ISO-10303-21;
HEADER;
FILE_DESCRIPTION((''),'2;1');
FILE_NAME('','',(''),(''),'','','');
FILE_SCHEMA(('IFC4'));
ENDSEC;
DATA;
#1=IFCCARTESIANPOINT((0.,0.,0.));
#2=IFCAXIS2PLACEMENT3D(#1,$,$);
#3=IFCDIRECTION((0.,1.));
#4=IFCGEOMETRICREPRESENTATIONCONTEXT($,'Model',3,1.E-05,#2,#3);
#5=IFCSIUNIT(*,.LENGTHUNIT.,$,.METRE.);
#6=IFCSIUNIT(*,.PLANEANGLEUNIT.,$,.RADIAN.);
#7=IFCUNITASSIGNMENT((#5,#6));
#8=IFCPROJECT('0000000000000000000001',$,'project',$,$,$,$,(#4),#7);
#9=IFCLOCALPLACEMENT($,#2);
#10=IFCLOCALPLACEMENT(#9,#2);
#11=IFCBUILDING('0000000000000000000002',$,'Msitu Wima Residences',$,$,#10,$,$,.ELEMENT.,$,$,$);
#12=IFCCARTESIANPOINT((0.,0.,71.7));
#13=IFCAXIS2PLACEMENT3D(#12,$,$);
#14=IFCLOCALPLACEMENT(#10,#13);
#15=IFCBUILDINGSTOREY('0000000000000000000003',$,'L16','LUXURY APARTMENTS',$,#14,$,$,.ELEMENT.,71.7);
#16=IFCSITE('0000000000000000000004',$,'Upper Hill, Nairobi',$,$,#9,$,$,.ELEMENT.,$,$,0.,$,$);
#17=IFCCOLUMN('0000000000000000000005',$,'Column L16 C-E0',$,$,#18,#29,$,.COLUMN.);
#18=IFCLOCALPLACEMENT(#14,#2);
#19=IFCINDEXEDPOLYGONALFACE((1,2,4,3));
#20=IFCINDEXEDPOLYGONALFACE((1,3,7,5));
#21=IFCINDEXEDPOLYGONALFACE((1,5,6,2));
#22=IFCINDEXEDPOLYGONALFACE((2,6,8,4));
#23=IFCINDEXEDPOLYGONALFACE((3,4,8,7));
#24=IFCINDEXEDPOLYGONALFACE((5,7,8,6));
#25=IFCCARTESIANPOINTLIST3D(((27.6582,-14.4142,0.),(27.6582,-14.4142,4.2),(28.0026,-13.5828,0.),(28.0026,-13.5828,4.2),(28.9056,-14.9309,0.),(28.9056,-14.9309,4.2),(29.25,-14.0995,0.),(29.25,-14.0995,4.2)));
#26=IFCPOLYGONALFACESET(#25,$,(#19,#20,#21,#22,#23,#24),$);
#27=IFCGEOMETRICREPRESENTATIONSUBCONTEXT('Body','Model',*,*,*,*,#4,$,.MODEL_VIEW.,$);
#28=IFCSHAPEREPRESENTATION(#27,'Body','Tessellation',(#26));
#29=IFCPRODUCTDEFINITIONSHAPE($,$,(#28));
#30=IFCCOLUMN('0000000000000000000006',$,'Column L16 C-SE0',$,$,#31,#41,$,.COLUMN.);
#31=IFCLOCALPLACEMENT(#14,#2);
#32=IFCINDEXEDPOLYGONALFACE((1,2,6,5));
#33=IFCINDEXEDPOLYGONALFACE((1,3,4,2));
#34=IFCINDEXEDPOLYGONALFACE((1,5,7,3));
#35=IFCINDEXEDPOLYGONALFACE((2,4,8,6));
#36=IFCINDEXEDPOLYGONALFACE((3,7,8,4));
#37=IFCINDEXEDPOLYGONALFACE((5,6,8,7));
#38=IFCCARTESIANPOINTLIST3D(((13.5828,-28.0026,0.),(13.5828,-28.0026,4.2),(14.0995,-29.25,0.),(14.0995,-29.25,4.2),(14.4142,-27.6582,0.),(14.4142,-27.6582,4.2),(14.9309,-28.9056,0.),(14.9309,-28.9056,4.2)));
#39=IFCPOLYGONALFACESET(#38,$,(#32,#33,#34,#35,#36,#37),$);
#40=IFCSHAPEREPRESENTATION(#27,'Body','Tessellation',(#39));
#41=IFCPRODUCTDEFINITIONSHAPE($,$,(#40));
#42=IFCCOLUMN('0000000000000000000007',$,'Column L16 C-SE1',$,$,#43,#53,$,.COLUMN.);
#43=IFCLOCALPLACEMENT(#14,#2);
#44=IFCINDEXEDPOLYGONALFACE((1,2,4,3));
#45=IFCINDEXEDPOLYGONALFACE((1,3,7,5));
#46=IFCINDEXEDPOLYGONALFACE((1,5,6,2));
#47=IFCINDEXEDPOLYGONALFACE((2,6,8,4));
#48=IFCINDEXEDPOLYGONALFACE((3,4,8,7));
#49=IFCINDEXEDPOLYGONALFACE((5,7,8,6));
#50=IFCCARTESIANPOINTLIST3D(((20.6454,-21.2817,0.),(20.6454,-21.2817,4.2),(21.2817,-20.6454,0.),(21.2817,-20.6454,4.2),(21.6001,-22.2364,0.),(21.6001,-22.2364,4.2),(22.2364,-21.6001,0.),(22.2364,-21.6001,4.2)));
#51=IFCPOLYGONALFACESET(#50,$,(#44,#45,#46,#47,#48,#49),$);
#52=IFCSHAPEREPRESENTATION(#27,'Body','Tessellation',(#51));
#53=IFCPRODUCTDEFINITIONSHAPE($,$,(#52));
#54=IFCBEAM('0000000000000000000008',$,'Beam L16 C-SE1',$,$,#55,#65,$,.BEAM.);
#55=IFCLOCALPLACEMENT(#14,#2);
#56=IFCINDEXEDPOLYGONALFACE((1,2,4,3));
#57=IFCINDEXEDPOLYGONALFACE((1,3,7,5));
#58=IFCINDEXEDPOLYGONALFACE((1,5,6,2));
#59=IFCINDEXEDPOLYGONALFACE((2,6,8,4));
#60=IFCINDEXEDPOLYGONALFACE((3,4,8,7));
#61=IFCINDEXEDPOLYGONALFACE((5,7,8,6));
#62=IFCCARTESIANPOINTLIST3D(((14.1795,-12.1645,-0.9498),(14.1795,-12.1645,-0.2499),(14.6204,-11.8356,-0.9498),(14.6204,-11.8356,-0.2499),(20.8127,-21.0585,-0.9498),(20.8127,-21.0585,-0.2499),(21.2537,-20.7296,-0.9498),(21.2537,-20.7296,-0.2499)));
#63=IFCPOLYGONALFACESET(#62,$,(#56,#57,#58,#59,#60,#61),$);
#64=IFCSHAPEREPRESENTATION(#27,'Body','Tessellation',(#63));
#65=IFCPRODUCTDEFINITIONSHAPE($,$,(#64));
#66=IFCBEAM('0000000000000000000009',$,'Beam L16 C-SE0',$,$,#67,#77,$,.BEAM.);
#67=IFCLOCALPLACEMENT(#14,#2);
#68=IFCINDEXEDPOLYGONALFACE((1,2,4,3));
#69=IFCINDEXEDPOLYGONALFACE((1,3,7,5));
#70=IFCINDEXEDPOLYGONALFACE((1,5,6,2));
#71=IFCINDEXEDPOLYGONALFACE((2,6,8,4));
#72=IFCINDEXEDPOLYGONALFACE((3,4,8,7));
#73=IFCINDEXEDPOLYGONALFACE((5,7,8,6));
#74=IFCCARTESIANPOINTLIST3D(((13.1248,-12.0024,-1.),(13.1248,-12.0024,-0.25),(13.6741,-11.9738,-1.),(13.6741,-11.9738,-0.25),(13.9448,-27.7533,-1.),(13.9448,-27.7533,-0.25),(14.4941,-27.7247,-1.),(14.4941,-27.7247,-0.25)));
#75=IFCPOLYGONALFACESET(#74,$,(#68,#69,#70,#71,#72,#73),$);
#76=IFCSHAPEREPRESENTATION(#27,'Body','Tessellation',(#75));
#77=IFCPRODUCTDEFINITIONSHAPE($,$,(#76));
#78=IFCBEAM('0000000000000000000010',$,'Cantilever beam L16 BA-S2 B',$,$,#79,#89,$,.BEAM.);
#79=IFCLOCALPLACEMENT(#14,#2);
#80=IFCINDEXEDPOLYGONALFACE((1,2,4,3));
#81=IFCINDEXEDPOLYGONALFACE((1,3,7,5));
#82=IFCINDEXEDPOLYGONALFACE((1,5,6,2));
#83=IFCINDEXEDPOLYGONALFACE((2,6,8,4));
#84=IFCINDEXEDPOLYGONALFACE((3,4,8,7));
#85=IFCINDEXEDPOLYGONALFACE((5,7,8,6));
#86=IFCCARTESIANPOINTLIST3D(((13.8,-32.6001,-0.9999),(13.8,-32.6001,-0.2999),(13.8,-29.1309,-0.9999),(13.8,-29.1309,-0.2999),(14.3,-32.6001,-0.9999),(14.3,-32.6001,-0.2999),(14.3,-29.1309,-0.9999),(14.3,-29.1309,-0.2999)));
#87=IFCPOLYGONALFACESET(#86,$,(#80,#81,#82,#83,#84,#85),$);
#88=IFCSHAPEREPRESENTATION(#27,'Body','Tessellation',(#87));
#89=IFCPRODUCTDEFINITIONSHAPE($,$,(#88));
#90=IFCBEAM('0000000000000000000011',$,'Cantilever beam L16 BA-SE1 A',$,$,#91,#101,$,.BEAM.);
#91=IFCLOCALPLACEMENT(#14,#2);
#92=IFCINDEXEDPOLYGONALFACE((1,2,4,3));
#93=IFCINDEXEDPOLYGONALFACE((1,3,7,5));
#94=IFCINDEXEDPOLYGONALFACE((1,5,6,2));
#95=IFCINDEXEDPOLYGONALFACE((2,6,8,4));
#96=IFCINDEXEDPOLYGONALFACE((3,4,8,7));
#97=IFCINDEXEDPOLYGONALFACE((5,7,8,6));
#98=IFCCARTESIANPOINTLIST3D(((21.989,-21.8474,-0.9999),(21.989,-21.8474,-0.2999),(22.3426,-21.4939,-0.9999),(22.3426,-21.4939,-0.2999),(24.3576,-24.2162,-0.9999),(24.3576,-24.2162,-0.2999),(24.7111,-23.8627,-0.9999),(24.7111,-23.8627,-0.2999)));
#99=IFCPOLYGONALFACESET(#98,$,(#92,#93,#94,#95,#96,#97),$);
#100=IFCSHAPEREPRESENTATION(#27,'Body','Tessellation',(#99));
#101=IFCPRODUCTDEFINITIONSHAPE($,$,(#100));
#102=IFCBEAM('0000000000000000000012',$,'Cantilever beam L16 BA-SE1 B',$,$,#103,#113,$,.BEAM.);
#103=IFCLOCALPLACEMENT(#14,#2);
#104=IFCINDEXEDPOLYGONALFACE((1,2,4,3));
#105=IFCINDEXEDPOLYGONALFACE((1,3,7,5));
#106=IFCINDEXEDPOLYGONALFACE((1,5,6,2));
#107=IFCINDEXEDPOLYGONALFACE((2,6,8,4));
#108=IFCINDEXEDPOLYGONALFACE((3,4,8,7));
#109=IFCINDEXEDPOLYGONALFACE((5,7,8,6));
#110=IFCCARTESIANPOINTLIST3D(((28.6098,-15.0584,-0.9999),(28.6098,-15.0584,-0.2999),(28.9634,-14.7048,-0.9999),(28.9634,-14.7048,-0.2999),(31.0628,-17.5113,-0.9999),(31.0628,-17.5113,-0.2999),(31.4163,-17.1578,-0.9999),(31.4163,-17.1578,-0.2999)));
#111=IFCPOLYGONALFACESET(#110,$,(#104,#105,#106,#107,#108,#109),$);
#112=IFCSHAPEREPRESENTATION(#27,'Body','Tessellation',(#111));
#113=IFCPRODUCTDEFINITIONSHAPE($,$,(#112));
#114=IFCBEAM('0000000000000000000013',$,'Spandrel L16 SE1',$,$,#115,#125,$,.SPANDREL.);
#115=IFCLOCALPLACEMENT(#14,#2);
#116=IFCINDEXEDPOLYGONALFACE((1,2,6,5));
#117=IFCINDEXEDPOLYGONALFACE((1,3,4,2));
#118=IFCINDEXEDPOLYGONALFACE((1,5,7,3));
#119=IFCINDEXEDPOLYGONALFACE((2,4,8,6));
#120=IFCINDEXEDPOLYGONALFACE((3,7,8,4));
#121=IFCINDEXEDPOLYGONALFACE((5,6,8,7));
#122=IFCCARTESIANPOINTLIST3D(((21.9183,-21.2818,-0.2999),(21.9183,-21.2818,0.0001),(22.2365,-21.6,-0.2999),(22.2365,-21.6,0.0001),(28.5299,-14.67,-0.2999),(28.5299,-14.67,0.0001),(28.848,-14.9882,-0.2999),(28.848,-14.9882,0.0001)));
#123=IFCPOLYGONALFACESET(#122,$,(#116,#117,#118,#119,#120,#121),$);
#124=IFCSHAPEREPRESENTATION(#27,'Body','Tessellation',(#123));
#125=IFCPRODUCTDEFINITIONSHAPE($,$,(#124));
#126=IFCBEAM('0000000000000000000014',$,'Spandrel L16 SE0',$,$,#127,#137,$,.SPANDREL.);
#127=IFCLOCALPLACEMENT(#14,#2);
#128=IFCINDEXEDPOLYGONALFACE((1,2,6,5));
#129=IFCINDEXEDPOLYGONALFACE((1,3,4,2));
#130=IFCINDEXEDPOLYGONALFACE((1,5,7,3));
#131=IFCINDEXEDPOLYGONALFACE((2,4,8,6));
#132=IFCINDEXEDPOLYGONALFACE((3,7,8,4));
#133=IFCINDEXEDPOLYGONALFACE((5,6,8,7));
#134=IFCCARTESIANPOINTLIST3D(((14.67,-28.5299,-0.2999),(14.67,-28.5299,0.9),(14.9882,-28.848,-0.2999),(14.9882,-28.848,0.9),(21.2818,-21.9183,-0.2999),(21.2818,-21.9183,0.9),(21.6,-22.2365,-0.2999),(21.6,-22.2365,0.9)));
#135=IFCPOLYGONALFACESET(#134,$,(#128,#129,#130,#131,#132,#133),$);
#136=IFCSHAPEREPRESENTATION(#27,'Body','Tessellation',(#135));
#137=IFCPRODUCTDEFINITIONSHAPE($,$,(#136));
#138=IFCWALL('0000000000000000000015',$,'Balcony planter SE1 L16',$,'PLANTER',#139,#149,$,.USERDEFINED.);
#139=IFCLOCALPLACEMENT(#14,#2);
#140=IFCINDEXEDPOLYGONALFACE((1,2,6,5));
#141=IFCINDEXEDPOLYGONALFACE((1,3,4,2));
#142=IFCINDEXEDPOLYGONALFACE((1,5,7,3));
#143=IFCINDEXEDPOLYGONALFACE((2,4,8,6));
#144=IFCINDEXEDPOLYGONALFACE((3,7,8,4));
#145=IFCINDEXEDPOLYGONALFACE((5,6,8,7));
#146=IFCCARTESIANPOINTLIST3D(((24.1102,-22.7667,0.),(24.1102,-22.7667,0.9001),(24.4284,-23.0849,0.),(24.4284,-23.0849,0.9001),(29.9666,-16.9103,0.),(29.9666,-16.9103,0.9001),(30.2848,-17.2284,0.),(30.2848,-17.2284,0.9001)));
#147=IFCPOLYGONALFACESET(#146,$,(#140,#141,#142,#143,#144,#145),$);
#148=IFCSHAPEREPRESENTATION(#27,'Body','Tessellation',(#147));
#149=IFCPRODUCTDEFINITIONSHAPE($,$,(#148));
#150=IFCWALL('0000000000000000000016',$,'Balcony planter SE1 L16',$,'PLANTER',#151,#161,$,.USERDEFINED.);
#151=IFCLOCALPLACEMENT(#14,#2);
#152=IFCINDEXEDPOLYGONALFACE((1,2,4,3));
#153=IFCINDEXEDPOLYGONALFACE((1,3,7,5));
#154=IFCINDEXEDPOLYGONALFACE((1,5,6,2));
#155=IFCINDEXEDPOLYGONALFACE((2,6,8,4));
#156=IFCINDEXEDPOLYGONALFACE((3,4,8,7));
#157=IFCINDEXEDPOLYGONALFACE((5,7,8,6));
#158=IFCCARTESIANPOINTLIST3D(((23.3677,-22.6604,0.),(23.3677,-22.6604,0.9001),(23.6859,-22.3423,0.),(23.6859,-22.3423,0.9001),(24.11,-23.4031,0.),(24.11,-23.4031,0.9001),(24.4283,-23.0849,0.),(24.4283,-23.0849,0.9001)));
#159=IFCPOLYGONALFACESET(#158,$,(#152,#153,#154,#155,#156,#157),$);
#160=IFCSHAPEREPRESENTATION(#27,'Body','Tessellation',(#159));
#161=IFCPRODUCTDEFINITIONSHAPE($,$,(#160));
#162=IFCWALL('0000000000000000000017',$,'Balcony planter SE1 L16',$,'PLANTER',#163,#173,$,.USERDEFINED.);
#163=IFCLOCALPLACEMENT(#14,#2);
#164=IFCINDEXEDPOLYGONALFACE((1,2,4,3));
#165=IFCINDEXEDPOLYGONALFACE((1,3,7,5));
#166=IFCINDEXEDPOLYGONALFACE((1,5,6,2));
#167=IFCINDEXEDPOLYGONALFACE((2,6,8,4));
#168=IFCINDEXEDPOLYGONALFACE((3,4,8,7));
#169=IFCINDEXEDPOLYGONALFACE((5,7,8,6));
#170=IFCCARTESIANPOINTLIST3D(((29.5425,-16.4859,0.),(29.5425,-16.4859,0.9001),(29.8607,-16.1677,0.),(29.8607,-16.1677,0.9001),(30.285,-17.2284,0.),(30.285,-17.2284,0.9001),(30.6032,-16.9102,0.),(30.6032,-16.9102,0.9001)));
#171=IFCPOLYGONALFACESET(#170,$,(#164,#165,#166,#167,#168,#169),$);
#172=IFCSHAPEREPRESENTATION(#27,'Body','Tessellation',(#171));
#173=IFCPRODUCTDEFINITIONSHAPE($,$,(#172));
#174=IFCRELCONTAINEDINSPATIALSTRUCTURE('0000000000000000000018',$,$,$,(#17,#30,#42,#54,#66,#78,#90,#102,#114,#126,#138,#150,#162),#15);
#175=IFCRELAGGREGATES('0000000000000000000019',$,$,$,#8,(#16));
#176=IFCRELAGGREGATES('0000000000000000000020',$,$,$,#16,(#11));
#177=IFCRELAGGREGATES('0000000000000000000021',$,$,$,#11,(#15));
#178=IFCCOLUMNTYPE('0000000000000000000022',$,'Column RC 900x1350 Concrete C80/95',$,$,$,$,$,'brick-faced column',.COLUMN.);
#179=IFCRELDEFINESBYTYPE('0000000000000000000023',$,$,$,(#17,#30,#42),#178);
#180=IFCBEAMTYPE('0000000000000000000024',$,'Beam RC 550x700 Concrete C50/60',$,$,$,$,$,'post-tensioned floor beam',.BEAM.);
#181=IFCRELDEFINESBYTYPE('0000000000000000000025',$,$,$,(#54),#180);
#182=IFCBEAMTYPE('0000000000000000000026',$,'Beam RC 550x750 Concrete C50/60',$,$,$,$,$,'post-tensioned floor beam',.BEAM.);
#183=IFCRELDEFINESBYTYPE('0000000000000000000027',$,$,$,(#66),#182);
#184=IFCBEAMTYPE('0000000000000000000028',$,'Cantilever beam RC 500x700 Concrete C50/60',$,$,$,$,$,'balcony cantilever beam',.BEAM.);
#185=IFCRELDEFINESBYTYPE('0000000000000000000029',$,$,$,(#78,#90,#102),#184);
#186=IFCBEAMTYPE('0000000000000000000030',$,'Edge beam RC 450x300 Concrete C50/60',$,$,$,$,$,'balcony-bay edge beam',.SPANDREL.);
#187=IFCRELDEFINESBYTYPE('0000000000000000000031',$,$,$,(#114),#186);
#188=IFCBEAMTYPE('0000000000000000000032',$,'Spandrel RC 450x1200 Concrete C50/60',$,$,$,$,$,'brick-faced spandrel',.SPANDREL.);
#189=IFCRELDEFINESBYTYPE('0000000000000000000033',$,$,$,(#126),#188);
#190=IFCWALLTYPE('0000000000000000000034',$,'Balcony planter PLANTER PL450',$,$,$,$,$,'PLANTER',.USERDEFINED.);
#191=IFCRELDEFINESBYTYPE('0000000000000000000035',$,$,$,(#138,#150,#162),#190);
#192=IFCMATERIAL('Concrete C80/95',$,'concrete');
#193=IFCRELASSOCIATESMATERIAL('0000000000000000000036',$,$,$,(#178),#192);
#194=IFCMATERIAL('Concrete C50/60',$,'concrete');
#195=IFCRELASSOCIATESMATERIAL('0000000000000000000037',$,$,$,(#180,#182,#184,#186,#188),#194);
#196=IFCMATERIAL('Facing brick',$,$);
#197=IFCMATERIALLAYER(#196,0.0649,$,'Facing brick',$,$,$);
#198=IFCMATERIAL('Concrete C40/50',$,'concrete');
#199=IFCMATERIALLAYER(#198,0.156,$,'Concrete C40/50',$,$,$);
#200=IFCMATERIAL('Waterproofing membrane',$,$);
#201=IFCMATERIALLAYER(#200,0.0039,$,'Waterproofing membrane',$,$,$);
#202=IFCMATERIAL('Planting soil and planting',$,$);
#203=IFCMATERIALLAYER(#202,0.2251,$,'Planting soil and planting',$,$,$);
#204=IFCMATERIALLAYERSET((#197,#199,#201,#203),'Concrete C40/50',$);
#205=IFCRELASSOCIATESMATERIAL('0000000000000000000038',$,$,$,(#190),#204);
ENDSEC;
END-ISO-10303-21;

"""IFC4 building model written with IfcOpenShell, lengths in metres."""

from ifc_helpers import new_model, si_unit, direction, frame, frame_2d, origin, origin_2d, place, context, subcontext, project, spatial, rectangle, extrude, material, layer, layer_set, material_profile, profile_set, type_object, element, save


model = new_model("IFC4")

# Units and contexts
model_context = context("Model", 3, precision=1e-05, world=origin(), true_north=direction((0.0, 1.0)))
body_context = subcontext(model_context, "Body", "Model", "MODEL_VIEW")
ifc_project = project(units=[si_unit("LENGTHUNIT", "METRE"), si_unit("PLANEANGLEUNIT", "RADIAN")], contexts=[model_context])

# Site, building, storey
site_placement = place(None, origin())
site = spatial("IfcSite", under=ifc_project, at=site_placement, Name="Upper Hill, Nairobi", CompositionType="ELEMENT", RefElevation=0.0)
building_placement = place(site_placement, origin())
building = spatial("IfcBuilding", under=site, at=building_placement, Name="Msitu Wima Residences", CompositionType="ELEMENT")
storey_placement = place(building_placement, frame((0.0, 0.0, 71.7)))
storey = spatial("IfcBuildingStorey", under=building, at=storey_placement, Name="L16", Description="LUXURY APARTMENTS", CompositionType="ELEMENT", Elevation=71.7)

# Columns
ifc_material_1 = material(Name="Concrete C80/95", Category="concrete")
ifc_material_profile_1 = material_profile(ifc_material_1, rectangle(XDim=0.8999, YDim=1.3501, at=origin_2d()), Name="RC 900x1350")
ifc_profile_set_1 = profile_set([ifc_material_profile_1], Name="Concrete C80/95")
column_type = type_object("IfcColumnType", Name="Column RC 900x1350 Concrete C80/95", ElementType="brick-faced column", PredefinedType="COLUMN", material=ifc_profile_set_1)
for number, where, z_axis, x_axis, name in (
    (1, (28.4541, -14.2568, 0.0), (0.0, 0.0, 1.0), (0.382683, 0.92388, 0.0), "Column L16 C-E0"),
    (2, (14.2568, -28.4541, 0.0), (0.0, 0.0, 1.0), (0.92388, 0.382683, 0.0), "Column L16 C-SE0"),
    (3, (21.4409, -21.4409, 0.0), (0.0, 0.0, 1.0), (0.707107, 0.707107, 0.0), "Column L16 C-SE1"),
):
    element("IfcColumn", number, at=place(storey_placement, frame(where, z_axis=z_axis, x_axis=x_axis)), inside=storey, type_object=column_type, Name=name, PredefinedType="COLUMN", context=body_context, shape_type="SweptSolid", body=[
        extrude(rectangle(XDim=0.8999, YDim=1.3501, at=origin_2d()), origin(), (0.0, 0.0, 1.0), 4.2),
    ])

# Beams
ifc_material_2 = material(Name="Concrete C50/60", Category="concrete")
ifc_material_profile_2 = material_profile(ifc_material_2, rectangle(XDim=0.55, YDim=0.7, at=origin_2d()), Name="RC 550x700")
ifc_profile_set_2 = profile_set([ifc_material_profile_2], Name="Concrete C50/60")
beam_type_1 = type_object("IfcBeamType", Name="Beam RC 550x700 Concrete C50/60", ElementType="post-tensioned floor beam", PredefinedType="BEAM", material=ifc_profile_set_2)
beam_1_placement = place(storey_placement, frame((21.0332, -20.894, -0.5999), z_axis=(-0.59785, 0.801608, 0.0), x_axis=(-0.801608, -0.59785, 0.0)))
element("IfcBeam", 4, at=beam_1_placement, inside=storey, type_object=beam_type_1, Name="Beam L16 C-SE1", PredefinedType="BEAM", context=body_context, shape_type="SweptSolid", body=[
    extrude(rectangle(XDim=0.55, YDim=0.7, at=origin_2d()), origin(), (0.0, 0.0, 1.0), 11.0952),
])
ifc_material_profile_3 = material_profile(ifc_material_2, rectangle(XDim=0.55, YDim=0.75, at=origin_2d()), Name="RC 550x750")
ifc_profile_set_3 = profile_set([ifc_material_profile_3], Name="Concrete C50/60")
beam_type_2 = type_object("IfcBeamType", Name="Beam RC 550x750 Concrete C50/60", ElementType="post-tensioned floor beam", PredefinedType="BEAM", material=ifc_profile_set_3)
beam_2_placement = place(storey_placement, frame((14.2195, -27.739, -0.625), z_axis=(-0.051994, 0.998647, 0.0), x_axis=(-0.998647, -0.051994, 0.0)))
element("IfcBeam", 5, at=beam_2_placement, inside=storey, type_object=beam_type_2, Name="Beam L16 C-SE0", PredefinedType="BEAM", context=body_context, shape_type="SweptSolid", body=[
    extrude(rectangle(XDim=0.55, YDim=0.75, at=origin_2d()), origin(), (0.0, 0.0, 1.0), 15.7722),
])
ifc_material_profile_4 = material_profile(ifc_material_2, rectangle(XDim=0.5, YDim=0.7, at=origin_2d()), Name="RC 500x700")
ifc_profile_set_4 = profile_set([ifc_material_profile_4], Name="Concrete C50/60")
beam_type_3 = type_object("IfcBeamType", Name="Cantilever beam RC 500x700 Concrete C50/60", ElementType="balcony cantilever beam", PredefinedType="BEAM", material=ifc_profile_set_4)
beam_3_placement = place(storey_placement, frame((14.05, -29.1309, -0.6499), z_axis=(0.0, -1.0, 0.0), x_axis=(1.0, 0.0, 0.0)))
element("IfcBeam", 6, at=beam_3_placement, inside=storey, type_object=beam_type_3, Name="Cantilever beam L16 BA-S2 B", PredefinedType="BEAM", context=body_context, shape_type="SweptSolid", body=[
    extrude(rectangle(XDim=0.5, YDim=0.7, at=origin_2d()), origin(), (0.0, 0.0, 1.0), 3.4692),
])
beam_4_placement = place(storey_placement, frame((22.1658, -21.6707, -0.6499), z_axis=(0.70707, -0.707143, 0.0), x_axis=(0.707143, 0.70707, 0.0)))
element("IfcBeam", 7, at=beam_4_placement, inside=storey, type_object=beam_type_3, Name="Cantilever beam L16 BA-SE1 A", PredefinedType="BEAM", context=body_context, shape_type="SweptSolid", body=[
    extrude(rectangle(XDim=0.5, YDim=0.7, at=origin_2d()), origin(), (0.0, 0.0, 1.0), 3.3499),
])
beam_5_placement = place(storey_placement, frame((28.7866, -14.8816, -0.6499), z_axis=(0.707107, -0.707107, 0.0), x_axis=(0.707107, 0.707107, 0.0)))
element("IfcBeam", 8, at=beam_5_placement, inside=storey, type_object=beam_type_3, Name="Cantilever beam L16 BA-SE1 B", PredefinedType="BEAM", context=body_context, shape_type="SweptSolid", body=[
    extrude(rectangle(XDim=0.5, YDim=0.7, at=origin_2d()), origin(), (0.0, 0.0, 1.0), 3.469),
])
ifc_material_profile_5 = material_profile(ifc_material_2, rectangle(XDim=0.45, YDim=0.3, at=origin_2d()), Name="RC 450x300")
ifc_profile_set_5 = profile_set([ifc_material_profile_5], Name="Concrete C50/60")
beam_type_4 = type_object("IfcBeamType", Name="Edge beam RC 450x300 Concrete C50/60", ElementType="balcony-bay edge beam", PredefinedType="SPANDREL", material=ifc_profile_set_5)
beam_6_placement = place(storey_placement, frame((22.0774, -21.4409, -0.1499), z_axis=(0.707094, 0.70712, 0.0), x_axis=(-0.70712, 0.707094, 0.0)))
element("IfcBeam", 9, at=beam_6_placement, inside=storey, type_object=beam_type_4, Name="Spandrel L16 SE1", PredefinedType="SPANDREL", context=body_context, shape_type="SweptSolid", body=[
    extrude(rectangle(XDim=0.45, YDim=0.3, at=origin_2d()), origin(), (0.0, 0.0, 1.0), 9.3503),
])
ifc_material_profile_6 = material_profile(ifc_material_2, rectangle(XDim=0.45, YDim=1.2, at=origin_2d()), Name="RC 450x1200")
ifc_profile_set_6 = profile_set([ifc_material_profile_6], Name="Concrete C50/60")
beam_type_5 = type_object("IfcBeamType", Name="Spandrel RC 450x1200 Concrete C50/60", ElementType="brick-faced spandrel", PredefinedType="SPANDREL", material=ifc_profile_set_6)
beam_7_placement = place(storey_placement, frame((14.8291, -28.689, 0.3), z_axis=(0.70712, 0.707094, 0.0), x_axis=(-0.707094, 0.70712, 0.0)))
element("IfcBeam", 10, at=beam_7_placement, inside=storey, type_object=beam_type_5, Name="Spandrel L16 SE0", PredefinedType="SPANDREL", context=body_context, shape_type="SweptSolid", body=[
    extrude(rectangle(XDim=0.45, YDim=1.2, at=origin_2d()), origin(), (0.0, 0.0, 1.0), 9.3503),
])

# Walls
ifc_material_3 = material(Name="Facing brick")
ifc_layer_1 = layer(ifc_material_3, 0.0649, Name="Facing brick")
ifc_material_4 = material(Name="Concrete C40/50", Category="concrete")
ifc_layer_2 = layer(ifc_material_4, 0.156, Name="Concrete C40/50")
ifc_material_5 = material(Name="Waterproofing membrane")
ifc_layer_3 = layer(ifc_material_5, 0.0039, Name="Waterproofing membrane")
ifc_material_6 = material(Name="Planting soil and planting")
ifc_layer_4 = layer(ifc_material_6, 0.2251, Name="Planting soil and planting")
ifc_layer_set_1 = layer_set([ifc_layer_1, ifc_layer_2, ifc_layer_3, ifc_layer_4], Name="Concrete C40/50")
wall_type_1 = type_object("IfcWallType", Name="Balcony planter PLANTER PL450", ElementType="PLANTER", PredefinedType="USERDEFINED", material=ifc_layer_set_1)
wall_1_placement = place(storey_placement, frame((24.2693, -22.9258, 0.0), z_axis=(0.0, 0.0, 1.0), x_axis=(0.707107, 0.707107, 0.0)))
element("IfcWall", 11, at=wall_1_placement, inside=storey, type_object=wall_type_1, Name="Balcony planter SE1 L16", ObjectType="PLANTER", PredefinedType="USERDEFINED", context=body_context, shape_type="SweptSolid", body=[
    extrude(rectangle(XDim=8.2822, YDim=0.45, at=frame_2d((4.1411, 0.0))), origin(), (0.0, 0.0, 1.0), 0.9001),
])
for number, where, z_axis, x_axis, name in (
    (12, (23.5269, -22.5015, 0.0), (0.0, 0.0, 1.0), (0.706991, -0.707223, 0.0), "Balcony planter SE1 L16"),
    (13, (29.7017, -16.3269, 0.0), (0.0, 0.0, 1.0), (0.707107, -0.707107, 0.0), "Balcony planter SE1 L16"),
):
    element("IfcWall", number, at=place(storey_placement, frame(where, z_axis=z_axis, x_axis=x_axis)), inside=storey, type_object=wall_type_1, Name=name, ObjectType="PLANTER", PredefinedType="USERDEFINED", context=body_context, shape_type="SweptSolid", body=[
        extrude(rectangle(XDim=1.05, YDim=0.45, at=frame_2d((0.5249, 0.0))), origin(), (0.0, 0.0, 1.0), 0.9001),
    ])

save(model, "model.ifc")
